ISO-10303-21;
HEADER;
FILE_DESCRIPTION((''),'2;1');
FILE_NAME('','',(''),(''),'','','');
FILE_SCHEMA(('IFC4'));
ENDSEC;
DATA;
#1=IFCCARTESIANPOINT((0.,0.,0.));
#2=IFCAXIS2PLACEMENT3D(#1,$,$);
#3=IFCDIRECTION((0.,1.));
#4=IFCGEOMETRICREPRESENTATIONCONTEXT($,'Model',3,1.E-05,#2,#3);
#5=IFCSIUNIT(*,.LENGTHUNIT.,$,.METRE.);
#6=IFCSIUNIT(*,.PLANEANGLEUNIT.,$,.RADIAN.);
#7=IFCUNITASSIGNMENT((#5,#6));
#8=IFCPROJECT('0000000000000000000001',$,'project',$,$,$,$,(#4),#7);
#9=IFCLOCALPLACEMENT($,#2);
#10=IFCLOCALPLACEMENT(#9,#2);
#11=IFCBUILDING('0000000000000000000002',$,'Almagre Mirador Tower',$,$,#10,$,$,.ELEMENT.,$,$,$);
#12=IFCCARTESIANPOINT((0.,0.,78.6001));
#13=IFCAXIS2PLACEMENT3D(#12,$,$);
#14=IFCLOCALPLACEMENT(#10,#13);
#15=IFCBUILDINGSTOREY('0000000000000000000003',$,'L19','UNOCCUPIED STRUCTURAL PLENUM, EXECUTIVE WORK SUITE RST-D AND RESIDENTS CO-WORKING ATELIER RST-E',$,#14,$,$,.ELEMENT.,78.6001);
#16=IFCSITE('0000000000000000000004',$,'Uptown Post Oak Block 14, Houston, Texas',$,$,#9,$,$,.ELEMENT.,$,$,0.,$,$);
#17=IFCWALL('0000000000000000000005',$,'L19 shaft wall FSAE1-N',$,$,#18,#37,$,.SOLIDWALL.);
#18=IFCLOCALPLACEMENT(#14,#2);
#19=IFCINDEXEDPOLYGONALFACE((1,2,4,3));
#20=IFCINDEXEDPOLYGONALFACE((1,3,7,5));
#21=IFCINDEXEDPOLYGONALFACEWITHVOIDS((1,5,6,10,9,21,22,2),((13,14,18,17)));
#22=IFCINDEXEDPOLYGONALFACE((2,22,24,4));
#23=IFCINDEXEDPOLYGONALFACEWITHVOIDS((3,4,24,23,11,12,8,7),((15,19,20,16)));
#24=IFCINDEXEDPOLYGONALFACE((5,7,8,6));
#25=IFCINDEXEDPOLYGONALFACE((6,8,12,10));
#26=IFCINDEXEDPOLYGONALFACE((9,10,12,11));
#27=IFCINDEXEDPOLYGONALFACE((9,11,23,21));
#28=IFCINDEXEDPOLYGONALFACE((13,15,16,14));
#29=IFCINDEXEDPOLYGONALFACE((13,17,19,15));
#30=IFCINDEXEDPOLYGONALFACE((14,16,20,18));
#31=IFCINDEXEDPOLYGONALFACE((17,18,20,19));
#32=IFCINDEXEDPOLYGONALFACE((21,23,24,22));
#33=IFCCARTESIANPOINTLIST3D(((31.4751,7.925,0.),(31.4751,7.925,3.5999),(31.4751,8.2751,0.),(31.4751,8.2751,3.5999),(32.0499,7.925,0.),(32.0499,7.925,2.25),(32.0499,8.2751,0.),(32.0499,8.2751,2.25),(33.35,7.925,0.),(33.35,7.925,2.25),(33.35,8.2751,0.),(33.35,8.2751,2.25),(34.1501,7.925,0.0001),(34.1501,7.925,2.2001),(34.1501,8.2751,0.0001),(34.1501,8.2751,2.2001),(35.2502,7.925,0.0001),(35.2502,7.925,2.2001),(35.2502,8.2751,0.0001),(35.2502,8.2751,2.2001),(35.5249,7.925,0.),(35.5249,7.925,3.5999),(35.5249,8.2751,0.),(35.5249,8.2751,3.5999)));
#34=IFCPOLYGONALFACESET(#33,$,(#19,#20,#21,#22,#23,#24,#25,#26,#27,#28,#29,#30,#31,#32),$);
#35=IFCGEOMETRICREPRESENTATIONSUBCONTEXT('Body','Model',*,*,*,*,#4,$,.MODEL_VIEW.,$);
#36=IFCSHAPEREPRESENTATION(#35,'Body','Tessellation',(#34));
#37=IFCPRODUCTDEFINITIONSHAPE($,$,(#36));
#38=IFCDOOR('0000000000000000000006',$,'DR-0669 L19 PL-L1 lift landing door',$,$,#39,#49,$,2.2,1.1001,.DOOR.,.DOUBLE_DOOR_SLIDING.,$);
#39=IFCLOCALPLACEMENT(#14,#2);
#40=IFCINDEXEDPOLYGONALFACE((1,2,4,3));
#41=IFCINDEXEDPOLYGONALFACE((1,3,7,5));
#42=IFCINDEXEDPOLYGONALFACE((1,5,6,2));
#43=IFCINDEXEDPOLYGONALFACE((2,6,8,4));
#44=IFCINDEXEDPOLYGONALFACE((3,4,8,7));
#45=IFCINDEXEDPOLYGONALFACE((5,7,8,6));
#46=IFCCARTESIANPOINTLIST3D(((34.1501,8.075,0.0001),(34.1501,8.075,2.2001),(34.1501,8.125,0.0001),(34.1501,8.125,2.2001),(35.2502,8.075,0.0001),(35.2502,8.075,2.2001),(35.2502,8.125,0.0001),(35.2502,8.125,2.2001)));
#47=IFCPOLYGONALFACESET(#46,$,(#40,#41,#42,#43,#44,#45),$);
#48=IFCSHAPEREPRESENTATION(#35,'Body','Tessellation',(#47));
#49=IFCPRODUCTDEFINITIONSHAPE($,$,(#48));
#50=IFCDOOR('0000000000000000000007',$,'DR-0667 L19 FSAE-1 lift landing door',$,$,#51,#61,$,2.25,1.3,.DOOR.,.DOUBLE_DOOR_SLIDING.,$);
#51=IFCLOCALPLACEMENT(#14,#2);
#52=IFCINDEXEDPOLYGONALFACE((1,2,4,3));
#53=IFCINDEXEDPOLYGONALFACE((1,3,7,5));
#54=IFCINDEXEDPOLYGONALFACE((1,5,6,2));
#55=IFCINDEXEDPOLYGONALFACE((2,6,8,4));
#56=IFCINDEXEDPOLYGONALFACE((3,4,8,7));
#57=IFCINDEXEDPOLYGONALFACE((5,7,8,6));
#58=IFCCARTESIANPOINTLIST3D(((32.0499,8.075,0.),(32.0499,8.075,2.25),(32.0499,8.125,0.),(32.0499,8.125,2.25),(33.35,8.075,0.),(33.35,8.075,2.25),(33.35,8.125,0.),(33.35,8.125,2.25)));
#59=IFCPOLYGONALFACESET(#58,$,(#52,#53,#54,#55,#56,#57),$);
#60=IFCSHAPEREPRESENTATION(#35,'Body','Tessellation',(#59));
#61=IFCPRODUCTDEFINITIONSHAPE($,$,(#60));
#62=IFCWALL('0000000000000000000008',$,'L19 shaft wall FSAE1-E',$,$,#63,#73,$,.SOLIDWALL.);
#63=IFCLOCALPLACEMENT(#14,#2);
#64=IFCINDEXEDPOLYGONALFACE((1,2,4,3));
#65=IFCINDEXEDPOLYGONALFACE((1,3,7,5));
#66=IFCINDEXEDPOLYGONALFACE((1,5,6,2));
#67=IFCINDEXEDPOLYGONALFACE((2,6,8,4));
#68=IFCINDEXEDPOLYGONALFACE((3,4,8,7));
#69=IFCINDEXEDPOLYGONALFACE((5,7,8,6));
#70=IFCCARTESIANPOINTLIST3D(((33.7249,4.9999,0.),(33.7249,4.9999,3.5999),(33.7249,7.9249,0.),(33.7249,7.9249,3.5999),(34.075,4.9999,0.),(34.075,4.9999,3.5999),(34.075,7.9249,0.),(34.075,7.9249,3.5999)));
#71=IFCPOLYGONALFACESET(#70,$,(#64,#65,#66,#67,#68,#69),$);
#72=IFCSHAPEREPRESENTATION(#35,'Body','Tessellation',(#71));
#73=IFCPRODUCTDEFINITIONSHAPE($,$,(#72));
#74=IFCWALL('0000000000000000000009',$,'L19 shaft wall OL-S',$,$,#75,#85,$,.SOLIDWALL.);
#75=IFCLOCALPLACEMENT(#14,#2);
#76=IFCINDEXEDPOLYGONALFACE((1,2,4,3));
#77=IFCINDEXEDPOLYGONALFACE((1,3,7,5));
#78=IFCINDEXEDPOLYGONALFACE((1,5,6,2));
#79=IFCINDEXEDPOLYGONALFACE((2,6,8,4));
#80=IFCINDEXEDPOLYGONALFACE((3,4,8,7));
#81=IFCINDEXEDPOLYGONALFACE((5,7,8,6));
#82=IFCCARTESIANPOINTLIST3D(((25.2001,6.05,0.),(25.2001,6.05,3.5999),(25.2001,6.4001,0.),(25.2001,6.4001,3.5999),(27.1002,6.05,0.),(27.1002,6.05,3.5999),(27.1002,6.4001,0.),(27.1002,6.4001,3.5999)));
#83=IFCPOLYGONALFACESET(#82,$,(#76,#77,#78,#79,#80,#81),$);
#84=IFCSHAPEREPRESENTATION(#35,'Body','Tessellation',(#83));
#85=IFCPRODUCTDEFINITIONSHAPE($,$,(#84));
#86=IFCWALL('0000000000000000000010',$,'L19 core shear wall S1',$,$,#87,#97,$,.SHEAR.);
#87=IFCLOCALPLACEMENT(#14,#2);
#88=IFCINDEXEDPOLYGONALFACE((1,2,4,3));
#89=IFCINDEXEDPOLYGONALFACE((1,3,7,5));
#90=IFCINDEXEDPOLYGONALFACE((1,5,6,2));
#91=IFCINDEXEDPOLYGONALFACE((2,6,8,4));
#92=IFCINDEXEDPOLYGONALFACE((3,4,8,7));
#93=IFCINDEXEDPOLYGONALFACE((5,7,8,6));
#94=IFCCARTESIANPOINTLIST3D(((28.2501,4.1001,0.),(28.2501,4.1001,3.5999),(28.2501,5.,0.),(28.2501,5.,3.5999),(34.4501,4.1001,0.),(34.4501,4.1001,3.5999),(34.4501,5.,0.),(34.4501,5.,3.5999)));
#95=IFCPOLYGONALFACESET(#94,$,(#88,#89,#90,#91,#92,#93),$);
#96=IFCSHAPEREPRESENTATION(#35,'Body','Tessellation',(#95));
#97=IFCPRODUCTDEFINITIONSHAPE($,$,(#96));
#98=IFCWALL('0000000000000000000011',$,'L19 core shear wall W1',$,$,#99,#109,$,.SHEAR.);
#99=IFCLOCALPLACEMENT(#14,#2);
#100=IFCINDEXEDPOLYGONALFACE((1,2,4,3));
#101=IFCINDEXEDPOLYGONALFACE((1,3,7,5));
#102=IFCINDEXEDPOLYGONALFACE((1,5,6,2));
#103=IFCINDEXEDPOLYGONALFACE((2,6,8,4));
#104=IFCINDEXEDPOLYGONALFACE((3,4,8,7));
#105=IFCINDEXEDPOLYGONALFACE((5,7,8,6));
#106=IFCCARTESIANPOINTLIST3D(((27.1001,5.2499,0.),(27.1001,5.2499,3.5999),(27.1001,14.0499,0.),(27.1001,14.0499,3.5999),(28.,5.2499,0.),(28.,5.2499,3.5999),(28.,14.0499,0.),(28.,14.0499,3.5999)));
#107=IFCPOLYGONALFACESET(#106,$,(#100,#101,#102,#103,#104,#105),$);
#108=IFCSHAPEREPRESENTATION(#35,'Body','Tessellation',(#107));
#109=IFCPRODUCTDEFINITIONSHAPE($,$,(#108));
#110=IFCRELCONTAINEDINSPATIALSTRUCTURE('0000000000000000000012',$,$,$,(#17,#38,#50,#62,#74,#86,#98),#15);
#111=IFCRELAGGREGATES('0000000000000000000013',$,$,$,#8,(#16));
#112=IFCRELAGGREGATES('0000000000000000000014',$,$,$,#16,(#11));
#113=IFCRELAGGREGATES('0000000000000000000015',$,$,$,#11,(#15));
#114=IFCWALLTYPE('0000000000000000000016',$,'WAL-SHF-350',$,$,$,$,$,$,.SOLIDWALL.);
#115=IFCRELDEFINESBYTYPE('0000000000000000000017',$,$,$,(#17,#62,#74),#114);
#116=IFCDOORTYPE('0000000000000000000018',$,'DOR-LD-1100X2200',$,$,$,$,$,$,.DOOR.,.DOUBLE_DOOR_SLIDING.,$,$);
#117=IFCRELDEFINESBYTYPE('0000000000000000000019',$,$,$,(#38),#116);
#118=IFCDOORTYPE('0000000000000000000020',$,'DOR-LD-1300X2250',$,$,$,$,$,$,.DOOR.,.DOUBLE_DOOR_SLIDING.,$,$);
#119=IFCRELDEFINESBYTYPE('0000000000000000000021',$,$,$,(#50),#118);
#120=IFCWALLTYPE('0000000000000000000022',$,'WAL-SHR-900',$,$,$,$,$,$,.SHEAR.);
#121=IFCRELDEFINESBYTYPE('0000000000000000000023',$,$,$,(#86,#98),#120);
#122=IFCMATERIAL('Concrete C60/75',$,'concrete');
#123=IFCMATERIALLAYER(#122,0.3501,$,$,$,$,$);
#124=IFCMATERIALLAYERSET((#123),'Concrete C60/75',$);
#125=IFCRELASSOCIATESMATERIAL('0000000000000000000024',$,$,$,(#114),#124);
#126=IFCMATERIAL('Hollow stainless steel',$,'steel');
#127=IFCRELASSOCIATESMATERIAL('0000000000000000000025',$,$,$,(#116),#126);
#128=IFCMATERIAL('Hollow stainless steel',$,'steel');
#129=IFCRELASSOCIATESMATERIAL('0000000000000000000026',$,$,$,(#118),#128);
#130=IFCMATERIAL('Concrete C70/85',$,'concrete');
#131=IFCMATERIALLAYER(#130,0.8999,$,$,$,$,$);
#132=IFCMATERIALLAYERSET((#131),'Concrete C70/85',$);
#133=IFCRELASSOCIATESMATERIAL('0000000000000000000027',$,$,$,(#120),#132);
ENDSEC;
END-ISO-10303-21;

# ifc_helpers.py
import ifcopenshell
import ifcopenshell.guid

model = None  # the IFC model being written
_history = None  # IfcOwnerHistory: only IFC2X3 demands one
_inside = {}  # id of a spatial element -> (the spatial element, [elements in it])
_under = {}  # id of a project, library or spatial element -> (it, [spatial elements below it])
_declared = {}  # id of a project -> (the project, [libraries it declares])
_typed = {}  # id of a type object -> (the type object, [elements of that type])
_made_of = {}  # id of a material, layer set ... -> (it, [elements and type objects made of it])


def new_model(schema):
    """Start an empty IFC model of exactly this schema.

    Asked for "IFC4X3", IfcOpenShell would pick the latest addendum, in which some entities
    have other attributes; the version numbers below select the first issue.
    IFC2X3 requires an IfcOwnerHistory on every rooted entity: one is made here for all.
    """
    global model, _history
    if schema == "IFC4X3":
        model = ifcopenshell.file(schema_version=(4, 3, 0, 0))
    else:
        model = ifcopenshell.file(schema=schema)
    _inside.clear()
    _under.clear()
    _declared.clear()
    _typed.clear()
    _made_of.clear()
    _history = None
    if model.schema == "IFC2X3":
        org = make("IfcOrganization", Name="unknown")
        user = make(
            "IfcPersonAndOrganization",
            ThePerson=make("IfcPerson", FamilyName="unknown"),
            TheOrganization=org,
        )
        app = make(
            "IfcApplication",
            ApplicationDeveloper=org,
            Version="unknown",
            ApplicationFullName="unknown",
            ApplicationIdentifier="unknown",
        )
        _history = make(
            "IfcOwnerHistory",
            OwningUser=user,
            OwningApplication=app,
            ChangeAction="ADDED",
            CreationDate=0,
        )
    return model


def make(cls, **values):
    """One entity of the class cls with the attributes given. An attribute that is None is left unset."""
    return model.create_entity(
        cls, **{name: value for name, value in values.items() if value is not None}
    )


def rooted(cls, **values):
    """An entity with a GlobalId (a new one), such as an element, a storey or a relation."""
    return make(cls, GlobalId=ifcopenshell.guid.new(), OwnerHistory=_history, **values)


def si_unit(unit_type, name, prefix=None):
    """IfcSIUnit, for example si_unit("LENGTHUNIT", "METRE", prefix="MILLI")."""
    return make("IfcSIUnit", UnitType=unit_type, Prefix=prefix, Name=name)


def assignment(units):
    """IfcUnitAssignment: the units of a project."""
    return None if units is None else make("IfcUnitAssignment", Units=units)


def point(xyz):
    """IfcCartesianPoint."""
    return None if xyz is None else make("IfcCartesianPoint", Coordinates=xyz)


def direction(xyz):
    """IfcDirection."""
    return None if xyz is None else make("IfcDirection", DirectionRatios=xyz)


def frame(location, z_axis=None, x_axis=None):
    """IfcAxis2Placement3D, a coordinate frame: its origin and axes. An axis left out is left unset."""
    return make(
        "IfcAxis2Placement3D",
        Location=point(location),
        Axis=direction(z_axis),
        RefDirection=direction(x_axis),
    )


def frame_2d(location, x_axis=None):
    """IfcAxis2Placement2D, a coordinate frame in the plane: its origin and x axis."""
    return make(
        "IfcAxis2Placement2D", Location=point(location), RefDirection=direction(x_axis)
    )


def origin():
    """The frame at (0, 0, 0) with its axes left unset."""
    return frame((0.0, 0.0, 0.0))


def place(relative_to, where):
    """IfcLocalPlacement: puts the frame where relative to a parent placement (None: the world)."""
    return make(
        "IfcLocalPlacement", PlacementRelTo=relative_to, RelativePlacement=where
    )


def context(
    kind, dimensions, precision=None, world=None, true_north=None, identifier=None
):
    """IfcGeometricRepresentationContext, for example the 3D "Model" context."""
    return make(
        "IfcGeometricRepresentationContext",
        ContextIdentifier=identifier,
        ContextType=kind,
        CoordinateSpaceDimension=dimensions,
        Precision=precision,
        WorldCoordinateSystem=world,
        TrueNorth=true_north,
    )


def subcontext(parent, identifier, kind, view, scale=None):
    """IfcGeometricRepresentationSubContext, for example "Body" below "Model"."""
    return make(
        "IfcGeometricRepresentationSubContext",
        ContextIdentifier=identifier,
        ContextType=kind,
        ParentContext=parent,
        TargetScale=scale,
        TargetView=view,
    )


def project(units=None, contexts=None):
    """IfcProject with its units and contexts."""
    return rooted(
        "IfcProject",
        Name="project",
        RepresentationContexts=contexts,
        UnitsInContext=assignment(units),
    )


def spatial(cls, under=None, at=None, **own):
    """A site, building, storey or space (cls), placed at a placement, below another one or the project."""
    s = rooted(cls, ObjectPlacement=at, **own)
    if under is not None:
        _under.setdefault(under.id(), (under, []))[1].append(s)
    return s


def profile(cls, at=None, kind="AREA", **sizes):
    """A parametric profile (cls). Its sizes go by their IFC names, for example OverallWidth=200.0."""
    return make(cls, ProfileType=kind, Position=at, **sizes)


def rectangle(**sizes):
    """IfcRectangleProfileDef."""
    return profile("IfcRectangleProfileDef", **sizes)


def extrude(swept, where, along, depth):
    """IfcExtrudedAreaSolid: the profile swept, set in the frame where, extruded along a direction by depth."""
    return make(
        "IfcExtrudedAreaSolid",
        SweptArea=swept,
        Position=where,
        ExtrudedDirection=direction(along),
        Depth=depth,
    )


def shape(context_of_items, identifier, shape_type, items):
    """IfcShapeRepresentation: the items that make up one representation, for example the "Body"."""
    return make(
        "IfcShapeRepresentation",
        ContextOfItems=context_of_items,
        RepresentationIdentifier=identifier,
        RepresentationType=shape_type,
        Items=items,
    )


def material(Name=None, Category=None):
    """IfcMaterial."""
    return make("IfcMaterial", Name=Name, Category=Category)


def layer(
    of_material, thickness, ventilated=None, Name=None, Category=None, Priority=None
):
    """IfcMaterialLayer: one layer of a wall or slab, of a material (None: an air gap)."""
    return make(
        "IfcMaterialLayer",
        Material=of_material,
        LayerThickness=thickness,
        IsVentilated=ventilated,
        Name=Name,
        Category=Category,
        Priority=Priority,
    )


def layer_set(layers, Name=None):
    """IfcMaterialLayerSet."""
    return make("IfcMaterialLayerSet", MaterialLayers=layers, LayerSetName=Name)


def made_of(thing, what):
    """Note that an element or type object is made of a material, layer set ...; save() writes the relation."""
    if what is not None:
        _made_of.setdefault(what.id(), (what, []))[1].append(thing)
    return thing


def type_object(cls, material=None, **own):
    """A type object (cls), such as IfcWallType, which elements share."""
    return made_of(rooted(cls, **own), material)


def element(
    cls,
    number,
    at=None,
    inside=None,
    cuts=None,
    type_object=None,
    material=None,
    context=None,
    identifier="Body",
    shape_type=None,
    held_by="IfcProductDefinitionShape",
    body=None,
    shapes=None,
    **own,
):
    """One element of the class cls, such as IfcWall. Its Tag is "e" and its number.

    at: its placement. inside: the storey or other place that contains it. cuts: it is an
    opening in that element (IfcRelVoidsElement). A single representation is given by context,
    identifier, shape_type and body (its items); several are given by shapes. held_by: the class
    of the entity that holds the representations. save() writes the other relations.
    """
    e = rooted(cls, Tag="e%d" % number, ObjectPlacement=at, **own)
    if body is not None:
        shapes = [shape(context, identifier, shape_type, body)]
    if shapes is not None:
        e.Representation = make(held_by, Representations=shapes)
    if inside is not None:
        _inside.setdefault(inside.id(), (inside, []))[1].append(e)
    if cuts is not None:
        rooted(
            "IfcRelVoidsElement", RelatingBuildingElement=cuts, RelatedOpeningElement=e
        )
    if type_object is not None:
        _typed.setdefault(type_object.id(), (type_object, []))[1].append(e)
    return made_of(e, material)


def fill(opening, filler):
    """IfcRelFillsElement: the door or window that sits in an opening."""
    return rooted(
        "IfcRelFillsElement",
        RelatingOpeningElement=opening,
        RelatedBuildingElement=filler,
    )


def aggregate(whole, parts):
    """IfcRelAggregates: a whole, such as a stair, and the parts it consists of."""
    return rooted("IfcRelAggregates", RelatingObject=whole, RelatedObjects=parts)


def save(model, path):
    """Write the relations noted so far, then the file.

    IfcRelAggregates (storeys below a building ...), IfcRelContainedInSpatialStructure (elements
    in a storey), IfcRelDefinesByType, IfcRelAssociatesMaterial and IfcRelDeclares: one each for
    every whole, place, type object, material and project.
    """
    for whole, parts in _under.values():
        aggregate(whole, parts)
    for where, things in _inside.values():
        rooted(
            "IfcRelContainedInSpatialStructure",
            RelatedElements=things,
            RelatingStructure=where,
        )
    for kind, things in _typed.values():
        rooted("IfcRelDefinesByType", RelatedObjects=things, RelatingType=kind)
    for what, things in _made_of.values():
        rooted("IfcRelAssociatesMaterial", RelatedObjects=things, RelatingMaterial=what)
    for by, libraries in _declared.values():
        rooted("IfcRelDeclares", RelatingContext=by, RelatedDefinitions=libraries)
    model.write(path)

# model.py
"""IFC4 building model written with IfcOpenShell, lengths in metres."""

from ifc_helpers import new_model, si_unit, direction, frame, frame_2d, origin, place, context, subcontext, project, spatial, rectangle, extrude, material, layer, layer_set, type_object, element, fill, save


model = new_model("IFC4")

# Units and contexts
model_context = context("Model", 3, precision=1e-05, world=origin(), true_north=direction((0.0, 1.0)))
body_context = subcontext(model_context, "Body", "Model", "MODEL_VIEW")
ifc_project = project(units=[si_unit("LENGTHUNIT", "METRE"), si_unit("PLANEANGLEUNIT", "RADIAN")], contexts=[model_context])

# Site, building, storey
site_placement = place(None, origin())
site = spatial("IfcSite", under=ifc_project, at=site_placement, Name="Uptown Post Oak Block 14, Houston, Texas", CompositionType="ELEMENT", RefElevation=0.0)
building_placement = place(site_placement, origin())
building = spatial("IfcBuilding", under=site, at=building_placement, Name="Almagre Mirador Tower", CompositionType="ELEMENT")
storey_placement = place(building_placement, frame((0.0, 0.0, 78.6001)))
storey = spatial("IfcBuildingStorey", under=building, at=storey_placement, Name="L19", Description="UNOCCUPIED STRUCTURAL PLENUM, EXECUTIVE WORK SUITE RST-D AND RESIDENTS CO-WORKING ATELIER RST-E", CompositionType="ELEMENT", Elevation=78.6001)

# Shared definitions
ifc_material_1 = material(Name="Concrete C60/75", Category="concrete")
ifc_layer_1 = layer(ifc_material_1, 0.3501)
ifc_layer_set_1 = layer_set([ifc_layer_1], Name="Concrete C60/75")
wall_type_1 = type_object("IfcWallType", Name="WAL-SHF-350", PredefinedType="SOLIDWALL", material=ifc_layer_set_1)

# Wall, openings, doors
wall_1_placement = place(storey_placement, frame((31.4751, 8.1001, 0.0), z_axis=(0.0, 0.0, 1.0), x_axis=(1.0, 0.0, 0.0)))
wall_1 = element("IfcWall", 1, at=wall_1_placement, inside=storey, type_object=wall_type_1, Name="L19 shaft wall FSAE1-N", PredefinedType="SOLIDWALL", context=body_context, shape_type="SweptSolid", body=[
    extrude(rectangle(XDim=4.0498, YDim=0.3501, at=frame_2d((2.0249, 0.0))), origin(), (0.0, 0.0, 1.0), 3.5999),
])
opening_1_placement = place(wall_1_placement, frame((0.575, 0.0, 0.0)))
opening_1 = element("IfcOpeningElement", 2, at=opening_1_placement, cuts=wall_1, PredefinedType="OPENING", context=body_context, shape_type="SweptSolid", body=[
    extrude(rectangle(XDim=1.3, YDim=2.25, at=frame_2d((0.6499, 1.125))), frame((0.0, 0.185, 0.0), z_axis=(0.0, -1.0, 0.0), x_axis=(1.0, 0.0, 0.0)), (0.0, 0.0, 1.0), 0.3701),
])
opening_2_placement = place(wall_1_placement, frame((2.675, 0.0, 0.0)))
opening_2 = element("IfcOpeningElement", 3, at=opening_2_placement, cuts=wall_1, PredefinedType="OPENING", context=body_context, shape_type="SweptSolid", body=[
    extrude(rectangle(XDim=1.1001, YDim=2.2, at=frame_2d((0.55, 1.1001))), frame((0.0, 0.185, 0.0), z_axis=(0.0, -1.0, 0.0), x_axis=(1.0, 0.0, 0.0)), (0.0, 0.0, 1.0), 0.3701),
])
ifc_material_2 = material(Name="Hollow stainless steel", Category="steel")
door_type_1 = type_object("IfcDoorType", Name="DOR-LD-1100X2200", OperationType="DOUBLE_DOOR_SLIDING", PredefinedType="DOOR", material=ifc_material_2)
door_1_placement = place(opening_2_placement, origin())
door_1 = element("IfcDoor", 4, at=door_1_placement, inside=storey, type_object=door_type_1, Name="DR-0669 L19 PL-L1 lift landing door", OperationType="DOUBLE_DOOR_SLIDING", OverallHeight=2.2, OverallWidth=1.1001, PredefinedType="DOOR", context=body_context, shape_type="SweptSolid", body=[
    extrude(rectangle(XDim=1.1001, YDim=2.2, at=frame_2d((0.55, 1.1001))), frame((0.0, 0.0249, 0.0), z_axis=(0.0, -1.0, 0.0), x_axis=(1.0, 0.0, 0.0)), (0.0, 0.0, 1.0), 0.05),
])
fill(opening_2, door_1)
ifc_material_3 = material(Name="Hollow stainless steel", Category="steel")
door_type_2 = type_object("IfcDoorType", Name="DOR-LD-1300X2250", OperationType="DOUBLE_DOOR_SLIDING", PredefinedType="DOOR", material=ifc_material_3)
door_2_placement = place(opening_1_placement, origin())
door_2 = element("IfcDoor", 5, at=door_2_placement, inside=storey, type_object=door_type_2, Name="DR-0667 L19 FSAE-1 lift landing door", OperationType="DOUBLE_DOOR_SLIDING", OverallHeight=2.25, OverallWidth=1.3, PredefinedType="DOOR", context=body_context, shape_type="SweptSolid", body=[
    extrude(rectangle(XDim=1.3, YDim=2.25, at=frame_2d((0.6499, 1.125))), frame((0.0, 0.0249, 0.0), z_axis=(0.0, -1.0, 0.0), x_axis=(1.0, 0.0, 0.0)), (0.0, 0.0, 1.0), 0.05),
])
fill(opening_1, door_2)

# Walls
wall_2_placement = place(storey_placement, frame((33.8999, 5.0, 0.0), z_axis=(0.0, 0.0, 1.0), x_axis=(0.0, 1.0, 0.0)))
element("IfcWall", 6, at=wall_2_placement, inside=storey, type_object=wall_type_1, Name="L19 shaft wall FSAE1-E", PredefinedType="SOLIDWALL", context=body_context, shape_type="SweptSolid", body=[
    extrude(rectangle(XDim=2.925, YDim=0.3501, at=frame_2d((1.4624, 0.0))), origin(), (0.0, 0.0, 1.0), 3.5999),
])
wall_3_placement = place(storey_placement, frame((25.2, 6.2251, 0.0), z_axis=(0.0, 0.0, 1.0), x_axis=(1.0, 0.0, 0.0)))
element("IfcWall", 7, at=wall_3_placement, inside=storey, type_object=wall_type_1, Name="L19 shaft wall OL-S", PredefinedType="SOLIDWALL", context=body_context, shape_type="SweptSolid", body=[
    extrude(rectangle(XDim=1.9001, YDim=0.3501, at=frame_2d((0.9502, 0.0))), origin(), (0.0, 0.0, 1.0), 3.5999),
])
ifc_material_4 = material(Name="Concrete C70/85", Category="concrete")
ifc_layer_2 = layer(ifc_material_4, 0.8999)
ifc_layer_set_2 = layer_set([ifc_layer_2], Name="Concrete C70/85")
wall_type_2 = type_object("IfcWallType", Name="WAL-SHR-900", PredefinedType="SHEAR", material=ifc_layer_set_2)
wall_4_placement = place(storey_placement, frame((28.25, 4.55, 0.0), z_axis=(0.0, 0.0, 1.0), x_axis=(1.0, 0.0, 0.0)))
element("IfcWall", 8, at=wall_4_placement, inside=storey, type_object=wall_type_2, Name="L19 core shear wall S1", PredefinedType="SHEAR", context=body_context, shape_type="SweptSolid", body=[
    extrude(rectangle(XDim=6.2, YDim=0.8999, at=frame_2d((3.1001, 0.0))), origin(), (0.0, 0.0, 1.0), 3.5999),
])
wall_5_placement = place(storey_placement, frame((27.55, 5.25, 0.0), z_axis=(0.0, 0.0, 1.0), x_axis=(0.0, 1.0, 0.0)))
element("IfcWall", 9, at=wall_5_placement, inside=storey, type_object=wall_type_2, Name="L19 core shear wall W1", PredefinedType="SHEAR", context=body_context, shape_type="SweptSolid", body=[
    extrude(rectangle(XDim=8.8, YDim=0.8999, at=frame_2d((4.3999, 0.0))), origin(), (0.0, 0.0, 1.0), 3.5999),
])

save(model, "model.ifc")
